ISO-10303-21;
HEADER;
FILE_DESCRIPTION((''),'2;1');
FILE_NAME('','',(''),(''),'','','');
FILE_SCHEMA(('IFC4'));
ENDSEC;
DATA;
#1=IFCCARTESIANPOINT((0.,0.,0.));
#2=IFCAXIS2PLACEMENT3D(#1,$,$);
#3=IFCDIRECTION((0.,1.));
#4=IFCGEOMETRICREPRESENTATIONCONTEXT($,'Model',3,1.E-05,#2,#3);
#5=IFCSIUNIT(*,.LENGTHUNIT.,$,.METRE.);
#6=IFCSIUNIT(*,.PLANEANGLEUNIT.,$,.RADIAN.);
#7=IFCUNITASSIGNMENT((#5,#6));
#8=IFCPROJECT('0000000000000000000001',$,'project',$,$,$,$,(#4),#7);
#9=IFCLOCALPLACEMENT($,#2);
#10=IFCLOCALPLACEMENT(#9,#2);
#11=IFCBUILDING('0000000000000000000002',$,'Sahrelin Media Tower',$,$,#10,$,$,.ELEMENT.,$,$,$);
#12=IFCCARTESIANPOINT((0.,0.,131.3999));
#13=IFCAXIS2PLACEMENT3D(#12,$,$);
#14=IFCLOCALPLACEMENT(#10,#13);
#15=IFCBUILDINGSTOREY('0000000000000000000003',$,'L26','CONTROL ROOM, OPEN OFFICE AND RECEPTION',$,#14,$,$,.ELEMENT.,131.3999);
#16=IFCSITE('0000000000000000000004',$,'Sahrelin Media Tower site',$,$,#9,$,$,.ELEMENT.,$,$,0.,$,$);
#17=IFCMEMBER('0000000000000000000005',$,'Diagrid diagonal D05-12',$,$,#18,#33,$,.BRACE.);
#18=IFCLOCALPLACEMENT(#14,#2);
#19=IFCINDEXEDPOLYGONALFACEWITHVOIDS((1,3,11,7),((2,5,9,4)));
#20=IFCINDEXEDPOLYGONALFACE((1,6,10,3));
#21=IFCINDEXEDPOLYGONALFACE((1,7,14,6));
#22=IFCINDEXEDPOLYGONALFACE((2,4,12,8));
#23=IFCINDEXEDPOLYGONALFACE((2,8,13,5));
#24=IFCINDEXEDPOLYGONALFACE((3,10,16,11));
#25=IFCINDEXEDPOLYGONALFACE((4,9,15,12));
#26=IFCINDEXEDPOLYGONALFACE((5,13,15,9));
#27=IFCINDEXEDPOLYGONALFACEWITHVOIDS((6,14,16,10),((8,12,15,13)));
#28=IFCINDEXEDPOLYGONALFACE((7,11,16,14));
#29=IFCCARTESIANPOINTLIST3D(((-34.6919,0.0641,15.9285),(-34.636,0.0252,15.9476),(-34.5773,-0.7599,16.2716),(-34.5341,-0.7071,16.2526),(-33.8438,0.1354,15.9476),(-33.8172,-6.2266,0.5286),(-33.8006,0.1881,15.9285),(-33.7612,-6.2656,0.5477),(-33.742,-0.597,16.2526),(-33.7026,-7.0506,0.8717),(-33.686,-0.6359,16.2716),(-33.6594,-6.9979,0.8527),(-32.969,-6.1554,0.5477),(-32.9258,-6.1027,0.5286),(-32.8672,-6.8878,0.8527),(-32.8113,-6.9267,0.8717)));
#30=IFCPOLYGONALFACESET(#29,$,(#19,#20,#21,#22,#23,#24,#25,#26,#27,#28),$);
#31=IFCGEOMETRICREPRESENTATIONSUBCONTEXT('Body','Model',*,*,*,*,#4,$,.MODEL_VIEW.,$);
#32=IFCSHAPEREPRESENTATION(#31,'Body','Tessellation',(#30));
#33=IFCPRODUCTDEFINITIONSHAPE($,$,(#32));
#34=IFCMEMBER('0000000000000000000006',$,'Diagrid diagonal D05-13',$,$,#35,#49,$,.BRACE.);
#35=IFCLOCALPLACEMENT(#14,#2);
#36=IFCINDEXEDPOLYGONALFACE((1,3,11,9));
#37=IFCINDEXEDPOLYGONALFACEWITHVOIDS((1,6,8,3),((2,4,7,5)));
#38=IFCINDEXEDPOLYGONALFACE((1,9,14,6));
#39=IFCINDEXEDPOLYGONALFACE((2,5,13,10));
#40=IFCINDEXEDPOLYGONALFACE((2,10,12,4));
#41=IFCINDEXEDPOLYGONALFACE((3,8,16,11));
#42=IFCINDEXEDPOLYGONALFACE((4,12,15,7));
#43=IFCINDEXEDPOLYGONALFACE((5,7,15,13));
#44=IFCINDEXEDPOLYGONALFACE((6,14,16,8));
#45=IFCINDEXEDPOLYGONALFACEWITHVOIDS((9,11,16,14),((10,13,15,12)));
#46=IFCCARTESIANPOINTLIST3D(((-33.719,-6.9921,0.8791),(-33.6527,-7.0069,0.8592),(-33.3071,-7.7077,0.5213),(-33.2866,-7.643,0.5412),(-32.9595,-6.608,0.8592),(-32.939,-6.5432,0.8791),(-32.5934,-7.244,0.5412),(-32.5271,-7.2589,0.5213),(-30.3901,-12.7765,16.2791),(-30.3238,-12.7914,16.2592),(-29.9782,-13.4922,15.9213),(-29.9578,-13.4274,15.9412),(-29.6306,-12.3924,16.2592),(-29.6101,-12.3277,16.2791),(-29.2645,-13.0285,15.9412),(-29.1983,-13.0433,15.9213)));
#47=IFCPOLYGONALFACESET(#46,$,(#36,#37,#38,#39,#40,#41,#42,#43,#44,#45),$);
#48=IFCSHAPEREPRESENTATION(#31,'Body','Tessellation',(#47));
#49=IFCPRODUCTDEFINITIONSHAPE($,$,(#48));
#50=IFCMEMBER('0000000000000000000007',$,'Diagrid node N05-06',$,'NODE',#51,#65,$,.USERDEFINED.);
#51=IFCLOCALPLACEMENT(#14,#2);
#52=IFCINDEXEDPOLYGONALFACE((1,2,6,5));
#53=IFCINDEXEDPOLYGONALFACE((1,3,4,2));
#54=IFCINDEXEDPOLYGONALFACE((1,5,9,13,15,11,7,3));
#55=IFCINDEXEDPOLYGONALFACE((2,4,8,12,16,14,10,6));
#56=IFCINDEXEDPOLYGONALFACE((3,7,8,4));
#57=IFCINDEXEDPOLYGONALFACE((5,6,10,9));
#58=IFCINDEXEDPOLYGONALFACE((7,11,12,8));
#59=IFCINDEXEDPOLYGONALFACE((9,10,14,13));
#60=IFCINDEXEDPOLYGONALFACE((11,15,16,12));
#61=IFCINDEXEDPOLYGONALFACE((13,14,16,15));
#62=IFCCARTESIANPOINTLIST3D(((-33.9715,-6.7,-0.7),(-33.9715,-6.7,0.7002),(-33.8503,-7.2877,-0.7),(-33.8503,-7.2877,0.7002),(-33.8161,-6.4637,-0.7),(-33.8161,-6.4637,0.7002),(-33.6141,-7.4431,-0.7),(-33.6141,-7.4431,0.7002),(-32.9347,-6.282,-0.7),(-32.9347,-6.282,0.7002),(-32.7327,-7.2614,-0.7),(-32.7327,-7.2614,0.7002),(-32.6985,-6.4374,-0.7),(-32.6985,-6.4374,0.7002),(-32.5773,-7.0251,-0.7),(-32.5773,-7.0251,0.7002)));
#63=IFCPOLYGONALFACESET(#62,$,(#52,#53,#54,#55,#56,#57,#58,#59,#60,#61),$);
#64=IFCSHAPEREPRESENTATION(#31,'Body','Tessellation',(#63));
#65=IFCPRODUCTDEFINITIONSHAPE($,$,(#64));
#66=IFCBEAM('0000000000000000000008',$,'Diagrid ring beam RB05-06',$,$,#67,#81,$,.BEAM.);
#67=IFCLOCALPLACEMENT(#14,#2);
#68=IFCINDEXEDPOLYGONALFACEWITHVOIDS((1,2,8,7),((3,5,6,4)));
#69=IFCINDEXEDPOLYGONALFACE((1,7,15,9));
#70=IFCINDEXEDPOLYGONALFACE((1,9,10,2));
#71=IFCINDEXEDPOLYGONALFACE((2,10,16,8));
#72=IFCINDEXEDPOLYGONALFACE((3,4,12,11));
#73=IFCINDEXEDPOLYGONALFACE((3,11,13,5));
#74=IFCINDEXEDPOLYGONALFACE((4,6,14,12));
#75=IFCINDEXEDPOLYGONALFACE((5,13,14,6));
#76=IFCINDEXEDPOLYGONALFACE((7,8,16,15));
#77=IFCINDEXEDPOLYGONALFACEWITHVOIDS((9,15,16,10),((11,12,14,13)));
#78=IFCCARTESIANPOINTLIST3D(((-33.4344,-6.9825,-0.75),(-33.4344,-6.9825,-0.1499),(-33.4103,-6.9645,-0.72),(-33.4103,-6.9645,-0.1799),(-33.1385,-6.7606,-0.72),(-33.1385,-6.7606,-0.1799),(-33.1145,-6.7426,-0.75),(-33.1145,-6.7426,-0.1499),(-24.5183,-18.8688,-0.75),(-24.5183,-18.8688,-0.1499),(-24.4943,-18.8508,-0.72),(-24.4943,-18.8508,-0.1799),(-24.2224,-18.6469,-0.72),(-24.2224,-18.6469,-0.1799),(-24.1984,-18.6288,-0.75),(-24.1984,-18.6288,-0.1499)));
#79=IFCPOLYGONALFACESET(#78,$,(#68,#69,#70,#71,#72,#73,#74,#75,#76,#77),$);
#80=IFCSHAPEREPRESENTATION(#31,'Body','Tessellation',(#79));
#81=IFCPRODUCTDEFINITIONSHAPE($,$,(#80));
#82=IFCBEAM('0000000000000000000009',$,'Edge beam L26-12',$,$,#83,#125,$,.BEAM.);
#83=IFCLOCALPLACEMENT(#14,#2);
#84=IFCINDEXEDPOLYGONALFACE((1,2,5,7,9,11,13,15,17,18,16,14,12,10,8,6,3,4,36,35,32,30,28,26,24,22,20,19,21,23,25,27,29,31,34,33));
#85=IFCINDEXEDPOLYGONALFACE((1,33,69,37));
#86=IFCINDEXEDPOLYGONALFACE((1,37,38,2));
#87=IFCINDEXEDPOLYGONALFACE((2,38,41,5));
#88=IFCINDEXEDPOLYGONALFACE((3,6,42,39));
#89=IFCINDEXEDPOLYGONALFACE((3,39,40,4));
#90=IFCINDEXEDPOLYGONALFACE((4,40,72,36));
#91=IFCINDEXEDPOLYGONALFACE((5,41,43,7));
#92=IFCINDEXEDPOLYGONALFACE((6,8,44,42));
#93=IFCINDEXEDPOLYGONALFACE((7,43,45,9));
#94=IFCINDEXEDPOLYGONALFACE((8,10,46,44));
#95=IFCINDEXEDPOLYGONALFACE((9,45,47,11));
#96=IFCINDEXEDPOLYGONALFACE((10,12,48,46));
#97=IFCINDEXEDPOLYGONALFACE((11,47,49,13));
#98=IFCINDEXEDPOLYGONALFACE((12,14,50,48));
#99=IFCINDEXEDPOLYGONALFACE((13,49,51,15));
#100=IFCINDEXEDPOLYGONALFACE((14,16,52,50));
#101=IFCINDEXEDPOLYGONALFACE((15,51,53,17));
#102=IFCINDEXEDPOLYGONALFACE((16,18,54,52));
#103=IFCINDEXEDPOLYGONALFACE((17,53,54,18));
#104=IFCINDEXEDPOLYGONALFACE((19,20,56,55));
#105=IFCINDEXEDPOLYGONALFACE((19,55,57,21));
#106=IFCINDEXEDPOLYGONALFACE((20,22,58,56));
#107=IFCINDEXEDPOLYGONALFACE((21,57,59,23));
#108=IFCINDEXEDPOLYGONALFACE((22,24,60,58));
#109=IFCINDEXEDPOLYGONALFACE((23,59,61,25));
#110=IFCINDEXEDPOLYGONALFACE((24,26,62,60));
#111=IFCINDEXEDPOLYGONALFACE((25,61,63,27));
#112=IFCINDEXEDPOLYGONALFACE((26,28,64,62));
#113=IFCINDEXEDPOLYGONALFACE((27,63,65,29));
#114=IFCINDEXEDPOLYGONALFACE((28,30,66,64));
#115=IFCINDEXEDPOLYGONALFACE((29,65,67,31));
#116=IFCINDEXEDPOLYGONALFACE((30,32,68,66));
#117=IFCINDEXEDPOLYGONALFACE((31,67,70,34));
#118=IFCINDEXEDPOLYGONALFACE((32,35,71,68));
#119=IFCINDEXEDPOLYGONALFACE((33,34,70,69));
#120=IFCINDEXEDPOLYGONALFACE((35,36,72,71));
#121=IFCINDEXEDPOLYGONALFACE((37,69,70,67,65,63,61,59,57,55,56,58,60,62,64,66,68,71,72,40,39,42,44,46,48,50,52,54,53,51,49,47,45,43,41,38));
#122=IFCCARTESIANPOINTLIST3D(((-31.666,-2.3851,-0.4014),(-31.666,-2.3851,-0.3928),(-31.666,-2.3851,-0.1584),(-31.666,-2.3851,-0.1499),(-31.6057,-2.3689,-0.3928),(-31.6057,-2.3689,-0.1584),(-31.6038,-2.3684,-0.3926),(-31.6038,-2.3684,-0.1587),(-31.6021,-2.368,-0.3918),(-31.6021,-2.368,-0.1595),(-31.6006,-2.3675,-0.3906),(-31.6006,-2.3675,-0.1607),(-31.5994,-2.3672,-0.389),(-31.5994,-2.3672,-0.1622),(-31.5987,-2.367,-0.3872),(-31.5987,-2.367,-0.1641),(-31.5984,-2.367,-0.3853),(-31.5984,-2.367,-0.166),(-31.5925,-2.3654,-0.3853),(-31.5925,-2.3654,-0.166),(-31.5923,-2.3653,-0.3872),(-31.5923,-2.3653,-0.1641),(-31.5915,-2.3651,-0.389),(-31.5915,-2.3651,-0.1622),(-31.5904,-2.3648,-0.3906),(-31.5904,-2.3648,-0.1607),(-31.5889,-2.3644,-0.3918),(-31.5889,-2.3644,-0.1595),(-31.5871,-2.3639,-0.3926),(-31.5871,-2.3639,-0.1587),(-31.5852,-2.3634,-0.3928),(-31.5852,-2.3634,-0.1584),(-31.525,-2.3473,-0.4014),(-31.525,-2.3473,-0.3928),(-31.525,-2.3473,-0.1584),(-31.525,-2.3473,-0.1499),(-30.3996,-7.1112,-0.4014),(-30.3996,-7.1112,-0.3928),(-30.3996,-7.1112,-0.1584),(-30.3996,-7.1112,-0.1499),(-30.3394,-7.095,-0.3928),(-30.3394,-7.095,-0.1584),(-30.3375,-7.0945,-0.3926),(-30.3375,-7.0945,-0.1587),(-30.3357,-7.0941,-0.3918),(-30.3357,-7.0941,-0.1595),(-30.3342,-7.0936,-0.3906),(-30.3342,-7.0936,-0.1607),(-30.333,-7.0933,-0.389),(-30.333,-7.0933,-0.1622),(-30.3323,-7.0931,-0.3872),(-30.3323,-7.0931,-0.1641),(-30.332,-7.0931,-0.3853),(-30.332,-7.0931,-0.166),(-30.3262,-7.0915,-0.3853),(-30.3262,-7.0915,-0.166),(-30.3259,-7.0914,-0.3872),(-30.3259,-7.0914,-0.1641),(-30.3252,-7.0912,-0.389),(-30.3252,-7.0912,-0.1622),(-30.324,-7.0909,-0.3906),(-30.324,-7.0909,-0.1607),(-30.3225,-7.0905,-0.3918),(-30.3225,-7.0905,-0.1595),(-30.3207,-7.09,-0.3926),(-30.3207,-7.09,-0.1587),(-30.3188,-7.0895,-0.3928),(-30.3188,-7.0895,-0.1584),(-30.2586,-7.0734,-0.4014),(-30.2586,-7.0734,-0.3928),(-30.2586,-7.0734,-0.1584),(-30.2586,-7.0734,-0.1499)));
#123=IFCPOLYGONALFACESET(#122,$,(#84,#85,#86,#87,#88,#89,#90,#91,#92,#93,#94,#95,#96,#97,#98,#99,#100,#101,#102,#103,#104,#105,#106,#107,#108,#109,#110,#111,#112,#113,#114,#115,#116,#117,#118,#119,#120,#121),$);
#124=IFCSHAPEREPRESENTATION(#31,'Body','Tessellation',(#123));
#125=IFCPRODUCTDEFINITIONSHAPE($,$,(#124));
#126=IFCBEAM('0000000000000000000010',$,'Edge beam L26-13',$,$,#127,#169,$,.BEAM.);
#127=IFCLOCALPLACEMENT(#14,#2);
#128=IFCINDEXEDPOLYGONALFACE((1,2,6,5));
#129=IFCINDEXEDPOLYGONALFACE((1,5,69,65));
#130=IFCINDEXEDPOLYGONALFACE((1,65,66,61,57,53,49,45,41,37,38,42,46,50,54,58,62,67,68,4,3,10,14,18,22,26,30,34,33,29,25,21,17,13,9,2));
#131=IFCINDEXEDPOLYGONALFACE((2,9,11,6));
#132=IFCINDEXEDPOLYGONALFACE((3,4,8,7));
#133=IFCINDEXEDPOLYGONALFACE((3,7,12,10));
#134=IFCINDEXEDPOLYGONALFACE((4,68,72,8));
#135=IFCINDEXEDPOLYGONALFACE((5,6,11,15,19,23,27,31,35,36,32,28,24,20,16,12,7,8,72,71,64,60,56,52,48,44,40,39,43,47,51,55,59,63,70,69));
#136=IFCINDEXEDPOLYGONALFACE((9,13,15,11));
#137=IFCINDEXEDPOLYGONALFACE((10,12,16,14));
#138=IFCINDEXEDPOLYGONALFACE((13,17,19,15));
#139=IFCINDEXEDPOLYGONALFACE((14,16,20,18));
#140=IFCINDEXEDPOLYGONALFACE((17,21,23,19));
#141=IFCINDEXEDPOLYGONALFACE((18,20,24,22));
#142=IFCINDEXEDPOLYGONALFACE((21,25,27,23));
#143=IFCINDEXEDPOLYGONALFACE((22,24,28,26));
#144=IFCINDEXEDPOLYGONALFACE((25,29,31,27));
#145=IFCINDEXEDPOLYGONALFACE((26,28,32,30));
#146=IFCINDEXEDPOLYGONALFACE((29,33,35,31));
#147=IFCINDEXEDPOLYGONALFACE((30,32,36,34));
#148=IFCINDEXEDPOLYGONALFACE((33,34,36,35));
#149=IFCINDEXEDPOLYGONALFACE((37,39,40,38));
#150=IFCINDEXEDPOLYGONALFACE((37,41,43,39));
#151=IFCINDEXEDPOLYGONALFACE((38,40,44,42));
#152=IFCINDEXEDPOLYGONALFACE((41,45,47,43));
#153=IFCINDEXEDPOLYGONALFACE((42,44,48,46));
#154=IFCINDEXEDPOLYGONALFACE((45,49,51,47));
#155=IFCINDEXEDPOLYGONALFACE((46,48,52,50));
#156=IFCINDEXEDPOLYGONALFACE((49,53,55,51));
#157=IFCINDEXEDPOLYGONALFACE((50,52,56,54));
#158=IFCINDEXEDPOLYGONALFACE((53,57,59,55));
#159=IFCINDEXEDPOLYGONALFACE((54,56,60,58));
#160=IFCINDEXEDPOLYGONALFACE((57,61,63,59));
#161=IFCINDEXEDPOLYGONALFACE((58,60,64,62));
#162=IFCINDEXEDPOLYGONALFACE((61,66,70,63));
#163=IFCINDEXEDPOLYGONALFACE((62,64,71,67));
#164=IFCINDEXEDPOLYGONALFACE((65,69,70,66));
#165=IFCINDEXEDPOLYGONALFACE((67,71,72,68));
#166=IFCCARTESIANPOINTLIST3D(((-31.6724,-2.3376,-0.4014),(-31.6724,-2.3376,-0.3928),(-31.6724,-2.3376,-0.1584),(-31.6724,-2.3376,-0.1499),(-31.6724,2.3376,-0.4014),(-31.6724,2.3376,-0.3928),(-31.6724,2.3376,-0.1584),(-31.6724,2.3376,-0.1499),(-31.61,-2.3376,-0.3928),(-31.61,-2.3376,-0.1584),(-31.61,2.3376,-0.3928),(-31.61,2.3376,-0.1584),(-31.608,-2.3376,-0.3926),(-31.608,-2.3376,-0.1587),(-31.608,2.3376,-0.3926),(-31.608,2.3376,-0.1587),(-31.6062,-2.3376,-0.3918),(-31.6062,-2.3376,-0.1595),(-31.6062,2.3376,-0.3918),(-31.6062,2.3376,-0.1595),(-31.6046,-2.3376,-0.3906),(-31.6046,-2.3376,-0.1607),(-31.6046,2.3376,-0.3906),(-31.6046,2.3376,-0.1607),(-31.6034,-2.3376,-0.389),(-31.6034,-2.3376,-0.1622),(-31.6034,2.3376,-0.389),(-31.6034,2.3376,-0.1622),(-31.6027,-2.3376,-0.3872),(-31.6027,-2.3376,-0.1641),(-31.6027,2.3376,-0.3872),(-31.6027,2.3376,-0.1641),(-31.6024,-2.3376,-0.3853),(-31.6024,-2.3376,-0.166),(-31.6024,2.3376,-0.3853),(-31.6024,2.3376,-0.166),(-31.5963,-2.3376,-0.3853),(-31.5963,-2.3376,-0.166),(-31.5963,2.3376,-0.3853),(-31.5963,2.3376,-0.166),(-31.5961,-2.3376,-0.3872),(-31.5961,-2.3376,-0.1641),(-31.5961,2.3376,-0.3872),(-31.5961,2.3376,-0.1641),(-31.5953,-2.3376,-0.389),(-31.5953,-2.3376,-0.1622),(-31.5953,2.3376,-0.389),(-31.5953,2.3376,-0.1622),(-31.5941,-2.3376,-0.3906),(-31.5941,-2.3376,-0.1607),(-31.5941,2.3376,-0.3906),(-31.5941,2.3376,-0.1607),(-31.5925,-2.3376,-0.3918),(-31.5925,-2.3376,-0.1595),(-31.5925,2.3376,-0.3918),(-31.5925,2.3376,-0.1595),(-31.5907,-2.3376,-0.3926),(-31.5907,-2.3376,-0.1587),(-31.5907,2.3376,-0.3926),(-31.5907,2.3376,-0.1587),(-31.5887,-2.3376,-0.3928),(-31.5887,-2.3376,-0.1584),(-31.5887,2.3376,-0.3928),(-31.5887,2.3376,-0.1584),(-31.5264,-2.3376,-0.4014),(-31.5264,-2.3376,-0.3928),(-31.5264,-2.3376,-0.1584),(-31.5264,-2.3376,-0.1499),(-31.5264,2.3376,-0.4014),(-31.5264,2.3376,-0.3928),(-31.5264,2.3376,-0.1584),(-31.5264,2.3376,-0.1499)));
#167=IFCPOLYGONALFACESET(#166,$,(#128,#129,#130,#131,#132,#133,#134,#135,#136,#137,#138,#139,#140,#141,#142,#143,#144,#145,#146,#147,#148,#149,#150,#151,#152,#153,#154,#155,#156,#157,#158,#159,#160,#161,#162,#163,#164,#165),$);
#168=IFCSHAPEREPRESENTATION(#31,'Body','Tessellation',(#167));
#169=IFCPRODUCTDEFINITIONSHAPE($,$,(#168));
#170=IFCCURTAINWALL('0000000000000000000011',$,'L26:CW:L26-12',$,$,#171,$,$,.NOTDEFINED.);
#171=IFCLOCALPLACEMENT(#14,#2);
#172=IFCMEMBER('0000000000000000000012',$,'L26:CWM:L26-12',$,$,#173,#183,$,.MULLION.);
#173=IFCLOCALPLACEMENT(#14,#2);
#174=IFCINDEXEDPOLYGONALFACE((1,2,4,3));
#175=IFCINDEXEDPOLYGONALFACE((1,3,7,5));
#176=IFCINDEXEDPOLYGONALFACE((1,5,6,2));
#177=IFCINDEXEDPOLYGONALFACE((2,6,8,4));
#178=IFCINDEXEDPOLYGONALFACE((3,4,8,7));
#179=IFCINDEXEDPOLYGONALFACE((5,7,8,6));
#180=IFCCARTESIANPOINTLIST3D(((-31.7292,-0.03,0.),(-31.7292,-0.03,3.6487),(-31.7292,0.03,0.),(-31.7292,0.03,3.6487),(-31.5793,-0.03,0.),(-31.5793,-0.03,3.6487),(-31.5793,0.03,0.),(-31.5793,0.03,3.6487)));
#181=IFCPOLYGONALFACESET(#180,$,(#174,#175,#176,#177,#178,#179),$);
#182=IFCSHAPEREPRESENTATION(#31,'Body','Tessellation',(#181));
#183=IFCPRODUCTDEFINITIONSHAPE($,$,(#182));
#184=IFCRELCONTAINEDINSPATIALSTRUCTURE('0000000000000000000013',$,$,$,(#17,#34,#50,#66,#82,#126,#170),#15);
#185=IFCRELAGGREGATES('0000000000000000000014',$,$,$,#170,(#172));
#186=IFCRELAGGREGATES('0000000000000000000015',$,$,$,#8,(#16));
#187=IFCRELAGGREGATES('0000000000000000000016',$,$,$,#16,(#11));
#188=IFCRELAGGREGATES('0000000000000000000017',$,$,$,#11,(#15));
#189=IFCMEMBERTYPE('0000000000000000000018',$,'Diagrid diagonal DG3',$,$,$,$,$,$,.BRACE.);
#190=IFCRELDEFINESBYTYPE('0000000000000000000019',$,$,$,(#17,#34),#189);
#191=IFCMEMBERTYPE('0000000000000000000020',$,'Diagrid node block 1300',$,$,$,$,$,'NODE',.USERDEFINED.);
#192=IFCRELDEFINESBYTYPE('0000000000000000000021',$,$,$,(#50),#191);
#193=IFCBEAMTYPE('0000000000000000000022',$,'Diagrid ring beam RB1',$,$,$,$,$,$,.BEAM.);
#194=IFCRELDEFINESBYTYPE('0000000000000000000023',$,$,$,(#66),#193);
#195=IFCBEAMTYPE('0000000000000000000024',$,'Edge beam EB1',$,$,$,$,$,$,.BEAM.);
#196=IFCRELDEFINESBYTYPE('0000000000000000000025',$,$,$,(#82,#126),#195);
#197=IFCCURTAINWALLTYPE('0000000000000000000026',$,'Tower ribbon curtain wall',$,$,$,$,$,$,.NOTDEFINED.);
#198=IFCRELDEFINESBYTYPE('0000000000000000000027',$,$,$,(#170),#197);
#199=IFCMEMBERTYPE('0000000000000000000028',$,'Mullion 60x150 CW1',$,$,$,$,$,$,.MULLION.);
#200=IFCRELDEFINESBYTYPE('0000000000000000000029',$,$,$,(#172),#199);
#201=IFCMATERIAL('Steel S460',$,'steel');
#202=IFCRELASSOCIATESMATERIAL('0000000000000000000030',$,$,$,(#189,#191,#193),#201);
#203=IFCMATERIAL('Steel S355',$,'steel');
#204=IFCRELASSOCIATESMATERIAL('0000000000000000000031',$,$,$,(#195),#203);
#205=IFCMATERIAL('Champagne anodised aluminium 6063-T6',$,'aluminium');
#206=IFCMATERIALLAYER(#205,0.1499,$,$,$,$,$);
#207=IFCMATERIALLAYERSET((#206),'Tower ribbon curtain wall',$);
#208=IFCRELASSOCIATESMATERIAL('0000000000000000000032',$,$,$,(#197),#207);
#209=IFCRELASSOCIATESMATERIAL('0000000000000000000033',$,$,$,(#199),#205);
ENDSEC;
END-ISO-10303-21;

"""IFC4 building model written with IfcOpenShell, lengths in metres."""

from ifc_helpers import new_model, si_unit, direction, frame, origin, origin_2d, place, context, subcontext, project, spatial, polyline, rectangle, hollow_rectangle, i_section, outline, extrude, material, layer, layer_set, material_profile, profile_set, type_object, element, aggregate, save


model = new_model("IFC4")

# Units and contexts
model_context = context("Model", 3, precision=1e-05, world=origin(), true_north=direction((0.0, 1.0)))
body_context = subcontext(model_context, "Body", "Model", "MODEL_VIEW")
ifc_project = project(units=[si_unit("LENGTHUNIT", "METRE"), si_unit("PLANEANGLEUNIT", "RADIAN")], contexts=[model_context])

# Site, building, storey
site_placement = place(None, origin())
site = spatial("IfcSite", under=ifc_project, at=site_placement, Name="Sahrelin Media Tower site", CompositionType="ELEMENT", RefElevation=0.0)
building_placement = place(site_placement, origin())
building = spatial("IfcBuilding", under=site, at=building_placement, Name="Sahrelin Media Tower", CompositionType="ELEMENT")
storey_placement = place(building_placement, frame((0.0, 0.0, 131.3999)))
storey = spatial("IfcBuildingStorey", under=building, at=storey_placement, Name="L26", Description="CONTROL ROOM, OPEN OFFICE AND RECEPTION", CompositionType="ELEMENT", Elevation=131.3999)

# Members
ifc_material_1 = material(Name="Steel S460", Category="steel")
ifc_material_profile_1 = material_profile(ifc_material_1, hollow_rectangle(XDim=0.8999, YDim=0.8999, WallThickness=0.05, at=origin_2d()), Name="Diagrid diagonal DG3")
ifc_profile_set_1 = profile_set([ifc_material_profile_1], Name="Steel S460")
member_type_1 = type_object("IfcMemberType", Name="Diagrid diagonal DG3", PredefinedType="BRACE", material=ifc_profile_set_1)
member_1_placement = place(storey_placement, frame((-33.3142, -6.5767, 0.7002), z_axis=(-0.052512, 0.377638, 0.924463), x_axis=(-0.99047, -0.137729, 0.0)))
element("IfcMember", 1, at=member_1_placement, inside=storey, type_object=member_type_1, Name="Diagrid diagonal D05-12", PredefinedType="BRACE", context=body_context, shape_type="SweptSolid", body=[
    extrude(hollow_rectangle(XDim=0.8999, YDim=0.8999, WallThickness=0.05, at=origin_2d()), origin(), (0.0, 0.0, 1.0), 16.6582),
])
member_2_placement = place(storey_placement, frame((-33.123, -7.1255, 0.7002), z_axis=(0.198337, -0.344642, 0.917543), x_axis=(0.866724, 0.498788, 0.0)))
element("IfcMember", 2, at=member_2_placement, inside=storey, type_object=member_type_1, Name="Diagrid diagonal D05-13", PredefinedType="BRACE", context=body_context, shape_type="SweptSolid", body=[
    extrude(hollow_rectangle(XDim=0.8999, YDim=0.8999, WallThickness=0.05, at=origin_2d()), origin(), (0.0, 0.0, 1.0), 16.7839),
])
ifc_material_profile_2 = material_profile(ifc_material_1, outline(polyline([(0.45, -0.5), (0.6499, -0.3), (0.6499, 0.3), (0.45, 0.5), (-0.45, 0.5), (-0.6499, 0.3), (-0.6499, -0.3), (-0.45, -0.5), (0.45, -0.5)])), Name="Diagrid node block 1300")
ifc_profile_set_2 = profile_set([ifc_material_profile_2], Name="Steel S460")
member_type_2 = type_object("IfcMemberType", Name="Diagrid node block 1300", ElementType="NODE", PredefinedType="USERDEFINED", material=ifc_profile_set_2)
member_3_placement = place(storey_placement, frame((-33.2744, -6.8625, -0.7), z_axis=(0.0, 0.0, 1.0), x_axis=(-0.979388, -0.201989, 0.0)))
element("IfcMember", 3, at=member_3_placement, inside=storey, type_object=member_type_2, Name="Diagrid node N05-06", ObjectType="NODE", PredefinedType="USERDEFINED", context=body_context, shape_type="SweptSolid", body=[
    extrude(outline(polyline([(0.45, -0.5), (0.6499, -0.3), (0.6499, 0.3), (0.45, 0.5), (-0.45, 0.5), (-0.6499, 0.3), (-0.6499, -0.3), (-0.45, -0.5), (0.45, -0.5)])), origin(), (0.0, 0.0, 1.0), 1.4001),
])

# Beams
ifc_material_profile_3 = material_profile(ifc_material_1, hollow_rectangle(XDim=0.3999, YDim=0.6001, WallThickness=0.03, at=origin_2d()), Name="Diagrid ring beam RB1")
ifc_profile_set_3 = profile_set([ifc_material_profile_3], Name="Steel S460")
beam_type_1 = type_object("IfcBeamType", Name="Diagrid ring beam RB1", PredefinedType="BEAM", material=ifc_profile_set_3)
beam_1_placement = place(storey_placement, frame((-33.2744, -6.8625, -0.45), z_axis=(0.600058, -0.799957, 0.0), x_axis=(0.799957, 0.600058, 0.0)))
element("IfcBeam", 4, at=beam_1_placement, inside=storey, type_object=beam_type_1, Name="Diagrid ring beam RB05-06", PredefinedType="BEAM", context=body_context, shape_type="SweptSolid", body=[
    extrude(hollow_rectangle(XDim=0.3999, YDim=0.6001, WallThickness=0.03, at=origin_2d()), origin(), (0.0, 0.0, 1.0), 14.8586),
])
ifc_material_2 = material(Name="Steel S355", Category="steel")
ifc_material_profile_4 = material_profile(ifc_material_2, i_section(OverallWidth=0.146, OverallDepth=0.2515, WebThickness=0.0061, FlangeThickness=0.0085, FilletRadius=0.0076, at=origin_2d()), Name="UB 254x146x31")
ifc_profile_set_4 = profile_set([ifc_material_profile_4], Name="Steel S355")
beam_type_2 = type_object("IfcBeamType", Name="Edge beam EB1", PredefinedType="BEAM", material=ifc_profile_set_4)
beam_2_placement = place(storey_placement, frame((-30.3291, -7.0923, -0.2756), z_axis=(-0.258821, 0.965925, 0.0), x_axis=(-0.965925, -0.258821, 0.0)))
element("IfcBeam", 5, at=beam_2_placement, inside=storey, type_object=beam_type_2, Name="Edge beam L26-12", PredefinedType="BEAM", context=body_context, shape_type="SweptSolid", body=[
    extrude(i_section(OverallWidth=0.146, OverallDepth=0.2515, WebThickness=0.0061, FlangeThickness=0.0085, FilletRadius=0.0076, at=origin_2d()), origin(), (0.0, 0.0, 1.0), 4.8928),
])
beam_3_placement = place(storey_placement, frame((-31.5994, -2.3376, -0.2756), z_axis=(0.0, 1.0, 0.0), x_axis=(-1.0, 0.0, 0.0)))
element("IfcBeam", 6, at=beam_3_placement, inside=storey, type_object=beam_type_2, Name="Edge beam L26-13", PredefinedType="BEAM", context=body_context, shape_type="SweptSolid", body=[
    extrude(i_section(OverallWidth=0.146, OverallDepth=0.2515, WebThickness=0.0061, FlangeThickness=0.0085, FilletRadius=0.0076, at=origin_2d()), origin(), (0.0, 0.0, 1.0), 4.6753),
])

# Curtain wall, member
ifc_material_3 = material(Name="Champagne anodised aluminium 6063-T6", Category="aluminium")
ifc_layer_1 = layer(ifc_material_3, 0.1499)
ifc_layer_set_1 = layer_set([ifc_layer_1], Name="Tower ribbon curtain wall")
curtain_wall_type = type_object("IfcCurtainWallType", Name="Tower ribbon curtain wall", PredefinedType="NOTDEFINED", material=ifc_layer_set_1)
curtain_wall_1_placement = place(storey_placement, frame((-31.7493, 0.0, 0.0), z_axis=(0.0, 0.0, 1.0), x_axis=(1.0, 0.0, 0.0)))
curtain_wall_1 = element("IfcCurtainWall", 7, at=curtain_wall_1_placement, inside=storey, type_object=curtain_wall_type, Name="L26:CW:L26-12", PredefinedType="NOTDEFINED")
ifc_material_profile_5 = material_profile(ifc_material_3, rectangle(XDim=0.0601, YDim=0.1499, at=origin_2d()), Name="Mullion 60x150")
ifc_profile_set_5 = profile_set([ifc_material_profile_5], Name="Champagne anodised aluminium 6063-T6")
member_type_3 = type_object("IfcMemberType", Name="Mullion 60x150 CW1", PredefinedType="MULLION", material=ifc_profile_set_5)
member_4_placement = place(storey_placement, frame((-31.6543, 0.0, 0.0), z_axis=(0.0, 0.0, 1.0), x_axis=(0.0, -1.0, 0.0)))
member_4 = element("IfcMember", 8, at=member_4_placement, type_object=member_type_3, Name="L26:CWM:L26-12", PredefinedType="MULLION", context=body_context, shape_type="SweptSolid", body=[
    extrude(rectangle(XDim=0.0601, YDim=0.1499, at=origin_2d()), origin(), (0.0, 0.0, 1.0), 3.6487),
])
aggregate(curtain_wall_1, [member_4])

save(model, "model.ifc")
